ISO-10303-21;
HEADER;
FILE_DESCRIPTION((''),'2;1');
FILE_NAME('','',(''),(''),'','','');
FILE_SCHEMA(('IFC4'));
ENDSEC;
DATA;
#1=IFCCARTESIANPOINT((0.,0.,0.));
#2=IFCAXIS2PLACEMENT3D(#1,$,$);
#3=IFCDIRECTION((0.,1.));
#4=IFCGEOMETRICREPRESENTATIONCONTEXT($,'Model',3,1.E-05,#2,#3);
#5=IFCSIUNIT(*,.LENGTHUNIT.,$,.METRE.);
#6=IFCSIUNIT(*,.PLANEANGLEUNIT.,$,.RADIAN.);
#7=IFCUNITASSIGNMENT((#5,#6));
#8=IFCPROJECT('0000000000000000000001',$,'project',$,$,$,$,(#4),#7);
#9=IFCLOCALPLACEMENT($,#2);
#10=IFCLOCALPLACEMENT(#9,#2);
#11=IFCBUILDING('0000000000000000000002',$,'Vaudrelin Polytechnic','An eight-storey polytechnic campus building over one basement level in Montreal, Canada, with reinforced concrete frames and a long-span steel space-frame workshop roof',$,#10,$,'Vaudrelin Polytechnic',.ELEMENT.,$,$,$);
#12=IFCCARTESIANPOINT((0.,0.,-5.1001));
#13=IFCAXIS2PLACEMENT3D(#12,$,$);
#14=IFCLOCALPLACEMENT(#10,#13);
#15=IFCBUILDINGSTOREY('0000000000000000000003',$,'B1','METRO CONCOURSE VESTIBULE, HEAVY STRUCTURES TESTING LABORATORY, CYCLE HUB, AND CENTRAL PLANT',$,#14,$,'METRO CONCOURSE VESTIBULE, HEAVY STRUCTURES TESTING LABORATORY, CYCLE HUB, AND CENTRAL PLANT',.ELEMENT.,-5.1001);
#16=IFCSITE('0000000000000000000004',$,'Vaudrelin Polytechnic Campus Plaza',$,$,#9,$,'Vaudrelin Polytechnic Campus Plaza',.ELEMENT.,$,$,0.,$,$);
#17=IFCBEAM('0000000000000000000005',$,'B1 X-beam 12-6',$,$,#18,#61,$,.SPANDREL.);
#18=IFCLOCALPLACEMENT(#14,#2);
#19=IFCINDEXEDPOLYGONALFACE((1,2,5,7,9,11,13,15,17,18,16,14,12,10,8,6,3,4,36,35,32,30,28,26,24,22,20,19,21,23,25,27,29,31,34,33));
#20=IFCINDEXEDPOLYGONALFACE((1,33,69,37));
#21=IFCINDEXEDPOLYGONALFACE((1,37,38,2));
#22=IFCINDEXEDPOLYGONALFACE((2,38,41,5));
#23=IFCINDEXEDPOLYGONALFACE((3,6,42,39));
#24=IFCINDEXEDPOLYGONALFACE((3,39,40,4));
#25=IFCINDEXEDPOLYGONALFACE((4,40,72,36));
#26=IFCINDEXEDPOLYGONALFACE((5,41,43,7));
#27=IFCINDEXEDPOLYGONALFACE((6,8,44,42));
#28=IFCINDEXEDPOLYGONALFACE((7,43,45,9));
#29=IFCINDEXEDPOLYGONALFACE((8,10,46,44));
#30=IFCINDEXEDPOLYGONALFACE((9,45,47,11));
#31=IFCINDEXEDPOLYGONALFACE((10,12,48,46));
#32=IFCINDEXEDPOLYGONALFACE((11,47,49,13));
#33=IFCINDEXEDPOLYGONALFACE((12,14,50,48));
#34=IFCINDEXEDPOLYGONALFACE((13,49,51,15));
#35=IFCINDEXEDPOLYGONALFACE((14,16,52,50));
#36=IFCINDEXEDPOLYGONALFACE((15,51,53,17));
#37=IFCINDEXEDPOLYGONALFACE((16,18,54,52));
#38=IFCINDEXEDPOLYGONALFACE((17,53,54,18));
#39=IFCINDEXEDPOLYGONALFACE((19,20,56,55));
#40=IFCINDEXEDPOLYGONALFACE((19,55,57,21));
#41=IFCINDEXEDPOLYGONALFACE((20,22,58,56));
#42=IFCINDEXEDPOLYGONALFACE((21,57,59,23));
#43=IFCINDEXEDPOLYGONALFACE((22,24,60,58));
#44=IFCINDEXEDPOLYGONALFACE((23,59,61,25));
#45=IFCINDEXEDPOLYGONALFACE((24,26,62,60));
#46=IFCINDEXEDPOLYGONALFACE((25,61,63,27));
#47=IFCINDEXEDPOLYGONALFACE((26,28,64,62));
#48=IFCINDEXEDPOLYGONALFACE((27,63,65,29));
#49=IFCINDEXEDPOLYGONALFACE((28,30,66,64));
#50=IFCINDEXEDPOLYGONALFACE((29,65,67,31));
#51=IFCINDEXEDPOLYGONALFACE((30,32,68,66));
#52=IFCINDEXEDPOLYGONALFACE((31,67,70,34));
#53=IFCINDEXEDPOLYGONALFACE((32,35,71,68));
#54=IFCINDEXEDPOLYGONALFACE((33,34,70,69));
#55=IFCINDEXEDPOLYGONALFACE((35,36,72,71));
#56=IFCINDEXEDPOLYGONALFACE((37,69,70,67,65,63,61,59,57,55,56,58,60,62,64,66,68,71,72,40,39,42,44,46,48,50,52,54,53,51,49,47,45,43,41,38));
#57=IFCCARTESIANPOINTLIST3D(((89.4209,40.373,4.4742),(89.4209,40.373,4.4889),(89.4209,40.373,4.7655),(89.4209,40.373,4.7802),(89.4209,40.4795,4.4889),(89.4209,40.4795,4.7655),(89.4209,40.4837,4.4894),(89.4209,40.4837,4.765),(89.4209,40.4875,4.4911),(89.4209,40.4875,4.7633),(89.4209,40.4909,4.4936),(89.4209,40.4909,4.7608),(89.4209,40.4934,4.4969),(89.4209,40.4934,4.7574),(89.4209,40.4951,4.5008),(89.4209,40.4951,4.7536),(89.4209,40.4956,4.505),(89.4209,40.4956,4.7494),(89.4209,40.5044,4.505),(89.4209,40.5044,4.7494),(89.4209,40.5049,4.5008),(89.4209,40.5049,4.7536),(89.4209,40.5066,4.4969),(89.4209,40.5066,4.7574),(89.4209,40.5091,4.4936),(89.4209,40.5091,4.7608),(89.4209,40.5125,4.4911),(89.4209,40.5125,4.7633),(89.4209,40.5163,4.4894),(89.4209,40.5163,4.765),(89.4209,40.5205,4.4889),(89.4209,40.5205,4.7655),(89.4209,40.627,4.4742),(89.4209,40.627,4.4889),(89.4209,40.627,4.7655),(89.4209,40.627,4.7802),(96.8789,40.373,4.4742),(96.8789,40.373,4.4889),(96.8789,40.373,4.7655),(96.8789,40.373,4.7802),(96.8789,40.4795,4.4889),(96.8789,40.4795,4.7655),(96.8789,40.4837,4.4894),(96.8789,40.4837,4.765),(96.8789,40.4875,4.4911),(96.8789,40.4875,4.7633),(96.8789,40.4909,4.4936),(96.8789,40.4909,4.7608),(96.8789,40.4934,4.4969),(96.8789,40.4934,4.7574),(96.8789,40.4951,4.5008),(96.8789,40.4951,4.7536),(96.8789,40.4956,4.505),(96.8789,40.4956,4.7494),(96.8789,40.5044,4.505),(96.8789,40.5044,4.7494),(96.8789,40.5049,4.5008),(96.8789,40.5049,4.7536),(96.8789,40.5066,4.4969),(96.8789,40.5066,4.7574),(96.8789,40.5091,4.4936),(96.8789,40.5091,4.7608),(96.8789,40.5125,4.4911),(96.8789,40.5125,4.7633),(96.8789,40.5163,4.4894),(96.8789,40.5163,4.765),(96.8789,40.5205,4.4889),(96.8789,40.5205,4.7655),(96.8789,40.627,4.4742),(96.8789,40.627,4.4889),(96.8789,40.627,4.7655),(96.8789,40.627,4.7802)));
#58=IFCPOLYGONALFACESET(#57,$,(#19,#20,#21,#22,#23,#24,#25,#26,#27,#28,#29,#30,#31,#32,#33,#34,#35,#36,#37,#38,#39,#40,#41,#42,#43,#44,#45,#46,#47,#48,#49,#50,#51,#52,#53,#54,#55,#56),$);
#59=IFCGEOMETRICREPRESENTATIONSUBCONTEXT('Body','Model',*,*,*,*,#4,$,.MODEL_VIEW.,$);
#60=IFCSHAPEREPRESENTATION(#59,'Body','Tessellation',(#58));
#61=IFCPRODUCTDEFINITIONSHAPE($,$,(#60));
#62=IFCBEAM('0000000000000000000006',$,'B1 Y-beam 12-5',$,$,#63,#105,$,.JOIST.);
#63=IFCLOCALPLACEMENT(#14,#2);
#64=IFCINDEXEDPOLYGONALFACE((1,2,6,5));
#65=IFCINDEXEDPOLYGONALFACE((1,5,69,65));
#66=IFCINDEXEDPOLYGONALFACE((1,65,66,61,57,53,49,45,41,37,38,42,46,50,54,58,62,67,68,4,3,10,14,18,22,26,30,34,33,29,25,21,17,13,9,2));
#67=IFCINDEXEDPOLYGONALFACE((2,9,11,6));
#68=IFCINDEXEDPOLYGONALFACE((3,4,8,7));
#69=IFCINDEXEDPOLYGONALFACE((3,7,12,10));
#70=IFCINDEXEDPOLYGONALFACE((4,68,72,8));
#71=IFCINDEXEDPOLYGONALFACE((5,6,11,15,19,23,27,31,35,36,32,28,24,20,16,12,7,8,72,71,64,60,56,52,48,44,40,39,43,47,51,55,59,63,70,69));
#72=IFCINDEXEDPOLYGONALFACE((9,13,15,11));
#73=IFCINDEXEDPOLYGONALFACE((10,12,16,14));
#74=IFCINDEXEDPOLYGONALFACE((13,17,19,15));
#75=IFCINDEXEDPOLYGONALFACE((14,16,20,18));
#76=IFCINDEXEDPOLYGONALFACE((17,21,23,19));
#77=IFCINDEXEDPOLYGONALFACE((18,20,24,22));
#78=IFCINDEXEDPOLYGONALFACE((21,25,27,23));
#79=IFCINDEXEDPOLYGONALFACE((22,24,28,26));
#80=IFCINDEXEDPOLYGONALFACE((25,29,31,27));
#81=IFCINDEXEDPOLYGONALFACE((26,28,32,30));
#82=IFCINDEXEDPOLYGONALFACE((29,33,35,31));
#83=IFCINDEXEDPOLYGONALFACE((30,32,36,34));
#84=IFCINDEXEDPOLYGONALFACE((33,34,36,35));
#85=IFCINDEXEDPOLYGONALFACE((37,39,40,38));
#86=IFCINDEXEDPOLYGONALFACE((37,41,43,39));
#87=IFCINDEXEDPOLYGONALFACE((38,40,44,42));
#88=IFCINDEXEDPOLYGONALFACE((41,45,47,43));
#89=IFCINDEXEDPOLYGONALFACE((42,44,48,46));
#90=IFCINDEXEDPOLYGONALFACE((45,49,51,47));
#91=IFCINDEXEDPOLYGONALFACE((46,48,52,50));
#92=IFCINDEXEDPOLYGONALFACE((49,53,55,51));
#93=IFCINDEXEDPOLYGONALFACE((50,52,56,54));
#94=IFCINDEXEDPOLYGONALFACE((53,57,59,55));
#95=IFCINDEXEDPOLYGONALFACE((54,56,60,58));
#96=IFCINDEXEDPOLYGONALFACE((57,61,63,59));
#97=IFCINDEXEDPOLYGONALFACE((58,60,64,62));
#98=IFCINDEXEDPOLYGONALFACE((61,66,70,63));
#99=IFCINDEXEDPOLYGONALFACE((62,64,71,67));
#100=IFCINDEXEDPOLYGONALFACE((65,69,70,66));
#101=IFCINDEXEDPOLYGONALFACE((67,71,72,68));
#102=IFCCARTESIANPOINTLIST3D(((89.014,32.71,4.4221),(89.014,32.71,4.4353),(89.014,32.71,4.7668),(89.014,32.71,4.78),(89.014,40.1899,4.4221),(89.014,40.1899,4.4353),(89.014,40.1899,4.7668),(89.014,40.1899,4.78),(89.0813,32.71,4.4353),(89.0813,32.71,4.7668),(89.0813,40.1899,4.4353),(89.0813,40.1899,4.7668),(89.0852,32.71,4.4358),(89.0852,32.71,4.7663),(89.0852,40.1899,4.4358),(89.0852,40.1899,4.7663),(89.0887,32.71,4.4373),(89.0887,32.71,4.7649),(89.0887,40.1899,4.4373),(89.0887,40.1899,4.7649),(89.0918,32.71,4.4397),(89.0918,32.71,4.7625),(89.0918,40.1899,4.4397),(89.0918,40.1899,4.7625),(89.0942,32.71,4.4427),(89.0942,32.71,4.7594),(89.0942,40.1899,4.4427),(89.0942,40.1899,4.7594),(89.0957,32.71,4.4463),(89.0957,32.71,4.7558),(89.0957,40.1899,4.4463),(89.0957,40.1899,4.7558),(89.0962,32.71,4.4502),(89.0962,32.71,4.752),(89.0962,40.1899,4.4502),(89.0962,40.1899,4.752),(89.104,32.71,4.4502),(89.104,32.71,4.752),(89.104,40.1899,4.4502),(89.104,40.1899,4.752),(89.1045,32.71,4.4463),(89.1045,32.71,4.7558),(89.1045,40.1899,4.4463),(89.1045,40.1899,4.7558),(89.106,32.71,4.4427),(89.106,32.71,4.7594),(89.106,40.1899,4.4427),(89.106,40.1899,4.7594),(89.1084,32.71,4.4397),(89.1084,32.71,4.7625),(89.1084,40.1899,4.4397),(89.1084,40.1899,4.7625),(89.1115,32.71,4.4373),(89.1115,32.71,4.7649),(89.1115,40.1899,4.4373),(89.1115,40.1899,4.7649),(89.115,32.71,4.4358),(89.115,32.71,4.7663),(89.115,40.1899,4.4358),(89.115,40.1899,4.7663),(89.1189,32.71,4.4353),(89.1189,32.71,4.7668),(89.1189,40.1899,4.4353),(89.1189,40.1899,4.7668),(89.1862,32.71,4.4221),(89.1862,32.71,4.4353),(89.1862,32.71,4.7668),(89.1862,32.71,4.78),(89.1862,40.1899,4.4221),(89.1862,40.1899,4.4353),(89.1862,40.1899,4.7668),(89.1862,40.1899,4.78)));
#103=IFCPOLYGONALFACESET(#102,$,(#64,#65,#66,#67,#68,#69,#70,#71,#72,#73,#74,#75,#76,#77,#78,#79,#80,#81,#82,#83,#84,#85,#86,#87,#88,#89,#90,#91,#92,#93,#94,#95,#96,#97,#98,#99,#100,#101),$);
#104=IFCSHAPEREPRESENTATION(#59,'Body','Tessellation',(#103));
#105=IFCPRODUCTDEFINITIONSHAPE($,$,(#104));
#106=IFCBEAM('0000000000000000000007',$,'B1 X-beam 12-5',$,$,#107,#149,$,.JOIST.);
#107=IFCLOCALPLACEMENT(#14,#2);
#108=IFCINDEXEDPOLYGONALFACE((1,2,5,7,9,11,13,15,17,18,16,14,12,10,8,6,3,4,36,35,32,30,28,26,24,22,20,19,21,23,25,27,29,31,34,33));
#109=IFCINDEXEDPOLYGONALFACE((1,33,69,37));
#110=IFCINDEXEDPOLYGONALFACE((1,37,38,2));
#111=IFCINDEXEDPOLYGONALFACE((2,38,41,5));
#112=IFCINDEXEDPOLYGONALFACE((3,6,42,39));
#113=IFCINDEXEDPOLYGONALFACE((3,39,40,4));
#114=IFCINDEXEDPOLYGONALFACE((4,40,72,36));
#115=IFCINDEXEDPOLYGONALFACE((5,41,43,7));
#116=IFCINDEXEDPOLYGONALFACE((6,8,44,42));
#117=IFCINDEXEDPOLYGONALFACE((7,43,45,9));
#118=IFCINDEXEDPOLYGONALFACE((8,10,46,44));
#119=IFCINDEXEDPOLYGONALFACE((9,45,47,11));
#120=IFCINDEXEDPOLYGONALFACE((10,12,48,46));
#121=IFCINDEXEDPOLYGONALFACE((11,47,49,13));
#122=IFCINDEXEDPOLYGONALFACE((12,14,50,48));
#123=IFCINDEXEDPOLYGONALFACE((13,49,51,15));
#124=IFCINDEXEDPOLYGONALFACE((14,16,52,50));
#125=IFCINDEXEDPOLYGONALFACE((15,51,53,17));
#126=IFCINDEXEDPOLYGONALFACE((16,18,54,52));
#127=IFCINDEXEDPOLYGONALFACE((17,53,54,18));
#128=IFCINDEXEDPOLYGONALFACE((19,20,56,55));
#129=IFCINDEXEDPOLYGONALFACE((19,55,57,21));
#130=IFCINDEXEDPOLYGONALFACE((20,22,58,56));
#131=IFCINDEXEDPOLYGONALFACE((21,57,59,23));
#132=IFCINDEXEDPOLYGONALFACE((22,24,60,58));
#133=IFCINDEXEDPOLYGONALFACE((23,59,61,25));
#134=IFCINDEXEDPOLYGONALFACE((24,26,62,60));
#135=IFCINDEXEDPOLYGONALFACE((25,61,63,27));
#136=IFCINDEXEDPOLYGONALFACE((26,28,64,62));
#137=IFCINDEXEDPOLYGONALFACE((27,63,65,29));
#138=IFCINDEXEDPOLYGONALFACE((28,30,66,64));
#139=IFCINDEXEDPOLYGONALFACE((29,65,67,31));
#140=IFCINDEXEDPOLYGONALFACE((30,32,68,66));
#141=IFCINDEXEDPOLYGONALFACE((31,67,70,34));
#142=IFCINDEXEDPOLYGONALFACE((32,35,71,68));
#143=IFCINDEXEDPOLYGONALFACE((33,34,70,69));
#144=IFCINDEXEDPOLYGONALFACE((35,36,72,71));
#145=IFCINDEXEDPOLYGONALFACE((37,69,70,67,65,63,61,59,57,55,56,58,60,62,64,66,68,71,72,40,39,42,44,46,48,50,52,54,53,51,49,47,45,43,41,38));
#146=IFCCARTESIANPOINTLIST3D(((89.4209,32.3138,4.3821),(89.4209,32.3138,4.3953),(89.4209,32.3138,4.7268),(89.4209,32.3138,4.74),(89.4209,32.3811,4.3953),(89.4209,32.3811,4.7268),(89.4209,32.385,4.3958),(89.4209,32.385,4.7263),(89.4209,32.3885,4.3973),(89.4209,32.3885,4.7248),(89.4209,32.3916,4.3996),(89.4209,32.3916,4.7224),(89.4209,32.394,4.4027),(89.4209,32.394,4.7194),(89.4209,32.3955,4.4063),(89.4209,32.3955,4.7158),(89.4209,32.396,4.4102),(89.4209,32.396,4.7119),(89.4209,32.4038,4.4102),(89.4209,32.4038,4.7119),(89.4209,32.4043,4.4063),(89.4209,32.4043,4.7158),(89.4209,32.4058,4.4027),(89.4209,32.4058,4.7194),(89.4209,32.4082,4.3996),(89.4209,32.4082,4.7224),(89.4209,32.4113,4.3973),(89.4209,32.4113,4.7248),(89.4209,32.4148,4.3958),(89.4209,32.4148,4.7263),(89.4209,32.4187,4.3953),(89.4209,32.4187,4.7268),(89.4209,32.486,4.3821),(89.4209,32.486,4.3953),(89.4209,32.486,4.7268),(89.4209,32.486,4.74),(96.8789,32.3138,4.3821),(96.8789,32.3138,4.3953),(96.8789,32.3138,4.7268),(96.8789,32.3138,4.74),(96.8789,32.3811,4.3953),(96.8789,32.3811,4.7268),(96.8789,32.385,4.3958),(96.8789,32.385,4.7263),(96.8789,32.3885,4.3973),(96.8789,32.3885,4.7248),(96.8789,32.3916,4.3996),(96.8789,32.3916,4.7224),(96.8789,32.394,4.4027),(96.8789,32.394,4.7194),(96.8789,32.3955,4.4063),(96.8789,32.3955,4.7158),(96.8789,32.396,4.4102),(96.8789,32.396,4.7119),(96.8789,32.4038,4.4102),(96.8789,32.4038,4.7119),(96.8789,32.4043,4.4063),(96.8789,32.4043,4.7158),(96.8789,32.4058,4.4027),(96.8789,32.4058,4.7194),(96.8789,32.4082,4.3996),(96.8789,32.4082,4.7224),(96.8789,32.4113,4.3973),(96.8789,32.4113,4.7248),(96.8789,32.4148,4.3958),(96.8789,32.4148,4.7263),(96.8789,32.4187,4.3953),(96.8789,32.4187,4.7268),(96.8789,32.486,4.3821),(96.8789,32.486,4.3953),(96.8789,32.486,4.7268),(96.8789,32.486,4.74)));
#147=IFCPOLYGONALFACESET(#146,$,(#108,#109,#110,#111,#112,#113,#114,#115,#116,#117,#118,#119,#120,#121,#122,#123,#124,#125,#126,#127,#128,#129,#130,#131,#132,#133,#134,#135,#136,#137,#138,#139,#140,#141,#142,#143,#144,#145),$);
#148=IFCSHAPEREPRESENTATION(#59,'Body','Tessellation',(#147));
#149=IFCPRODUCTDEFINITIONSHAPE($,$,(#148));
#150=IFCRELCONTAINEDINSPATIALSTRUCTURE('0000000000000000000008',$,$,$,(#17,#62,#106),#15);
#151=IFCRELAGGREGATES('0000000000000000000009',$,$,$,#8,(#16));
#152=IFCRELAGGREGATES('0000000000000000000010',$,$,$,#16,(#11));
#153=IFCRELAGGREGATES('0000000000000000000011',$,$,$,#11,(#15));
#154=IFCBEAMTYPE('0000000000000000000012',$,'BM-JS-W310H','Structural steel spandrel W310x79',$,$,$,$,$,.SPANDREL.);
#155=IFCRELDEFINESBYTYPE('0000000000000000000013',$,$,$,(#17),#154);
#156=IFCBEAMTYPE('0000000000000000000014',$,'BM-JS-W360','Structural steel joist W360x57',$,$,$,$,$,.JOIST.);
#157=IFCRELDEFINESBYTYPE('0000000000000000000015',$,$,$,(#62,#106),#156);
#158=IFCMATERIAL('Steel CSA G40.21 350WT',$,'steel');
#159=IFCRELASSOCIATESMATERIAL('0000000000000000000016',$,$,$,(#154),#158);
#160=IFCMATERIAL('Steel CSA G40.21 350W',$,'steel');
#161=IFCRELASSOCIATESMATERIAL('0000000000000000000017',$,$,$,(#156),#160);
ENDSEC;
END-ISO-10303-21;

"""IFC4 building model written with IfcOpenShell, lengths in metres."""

from ifc_helpers import new_model, si_unit, direction, frame, origin, origin_2d, place, context, subcontext, project, spatial, i_section, extrude, material, material_profile, profile_set, type_object, element, save


model = new_model("IFC4")

# Units and contexts
model_context = context("Model", 3, precision=1e-05, world=origin(), true_north=direction((0.0, 1.0)))
body_context = subcontext(model_context, "Body", "Model", "MODEL_VIEW")
ifc_project = project(units=[si_unit("LENGTHUNIT", "METRE"), si_unit("PLANEANGLEUNIT", "RADIAN")], contexts=[model_context])

# Site, building, storey
site_placement = place(None, origin())
site = spatial("IfcSite", under=ifc_project, at=site_placement, Name="Vaudrelin Polytechnic Campus Plaza", LongName="Vaudrelin Polytechnic Campus Plaza", CompositionType="ELEMENT", RefElevation=0.0)
building_placement = place(site_placement, origin())
building = spatial("IfcBuilding", under=site, at=building_placement, Name="Vaudrelin Polytechnic", Description="An eight-storey polytechnic campus building over one basement level in Montreal, Canada, with reinforced concrete frames and a long-span steel space-frame workshop roof", LongName="Vaudrelin Polytechnic", CompositionType="ELEMENT")
storey_placement = place(building_placement, frame((0.0, 0.0, -5.1001)))
storey = spatial("IfcBuildingStorey", under=building, at=storey_placement, Name="B1", Description="METRO CONCOURSE VESTIBULE, HEAVY STRUCTURES TESTING LABORATORY, CYCLE HUB, AND CENTRAL PLANT", LongName="METRO CONCOURSE VESTIBULE, HEAVY STRUCTURES TESTING LABORATORY, CYCLE HUB, AND CENTRAL PLANT", CompositionType="ELEMENT", Elevation=-5.1001)

# Beams
ifc_material_1 = material(Name="Steel CSA G40.21 350W", Category="steel")
ifc_material_2 = material(Name="Steel CSA G40.21 350WT", Category="steel")
ifc_material_profile_1 = material_profile(ifc_material_2, i_section(OverallWidth=0.2539, OverallDepth=0.3059, WebThickness=0.0088, FlangeThickness=0.0146, FilletRadius=0.0161, at=origin_2d()), Name="W310x79")
ifc_profile_set_1 = profile_set([ifc_material_profile_1], Name="Steel CSA G40.21 350WT")
beam_type_1 = type_object("IfcBeamType", Name="BM-JS-W310H", Description="Structural steel spandrel W310x79", PredefinedType="SPANDREL", material=ifc_profile_set_1)
beam_1_placement = place(storey_placement, frame((89.4209, 40.5, 4.6272), z_axis=(1.0, 0.0, 0.0), x_axis=(0.0, 1.0, 0.0)))
element("IfcBeam", 1, at=beam_1_placement, inside=storey, type_object=beam_type_1, Name="B1 X-beam 12-6", PredefinedType="SPANDREL", context=body_context, shape_type="SweptSolid", body=[
    extrude(i_section(OverallWidth=0.2539, OverallDepth=0.3059, WebThickness=0.0088, FlangeThickness=0.0146, FilletRadius=0.0161, at=origin_2d()), origin(), (0.0, 0.0, 1.0), 7.458),
])
ifc_material_profile_2 = material_profile(ifc_material_1, i_section(OverallWidth=0.1721, OverallDepth=0.3579, WebThickness=0.0078, FlangeThickness=0.0132, FilletRadius=0.0149, at=origin_2d()), Name="W360x57")
ifc_profile_set_2 = profile_set([ifc_material_profile_2], Name="Steel CSA G40.21 350W")
beam_type_2 = type_object("IfcBeamType", Name="BM-JS-W360", Description="Structural steel joist W360x57", PredefinedType="JOIST", material=ifc_profile_set_2)
beam_2_placement = place(storey_placement, frame((89.1001, 32.71, 4.6011), z_axis=(0.0, 1.0, 0.0), x_axis=(-1.0, 0.0, 0.0)))
element("IfcBeam", 2, at=beam_2_placement, inside=storey, type_object=beam_type_2, Name="B1 Y-beam 12-5", PredefinedType="JOIST", context=body_context, shape_type="SweptSolid", body=[
    extrude(i_section(OverallWidth=0.1721, OverallDepth=0.3579, WebThickness=0.0078, FlangeThickness=0.0132, FilletRadius=0.0149, at=origin_2d()), origin(), (0.0, 0.0, 1.0), 7.48),
])
beam_3_placement = place(storey_placement, frame((89.4209, 32.3999, 4.561), z_axis=(1.0, 0.0, 0.0), x_axis=(0.0, 1.0, 0.0)))
element("IfcBeam", 3, at=beam_3_placement, inside=storey, type_object=beam_type_2, Name="B1 X-beam 12-5", PredefinedType="JOIST", context=body_context, shape_type="SweptSolid", body=[
    extrude(i_section(OverallWidth=0.1721, OverallDepth=0.3579, WebThickness=0.0078, FlangeThickness=0.0132, FilletRadius=0.0149, at=origin_2d()), origin(), (0.0, 0.0, 1.0), 7.458),
])

save(model, "model.ifc")
